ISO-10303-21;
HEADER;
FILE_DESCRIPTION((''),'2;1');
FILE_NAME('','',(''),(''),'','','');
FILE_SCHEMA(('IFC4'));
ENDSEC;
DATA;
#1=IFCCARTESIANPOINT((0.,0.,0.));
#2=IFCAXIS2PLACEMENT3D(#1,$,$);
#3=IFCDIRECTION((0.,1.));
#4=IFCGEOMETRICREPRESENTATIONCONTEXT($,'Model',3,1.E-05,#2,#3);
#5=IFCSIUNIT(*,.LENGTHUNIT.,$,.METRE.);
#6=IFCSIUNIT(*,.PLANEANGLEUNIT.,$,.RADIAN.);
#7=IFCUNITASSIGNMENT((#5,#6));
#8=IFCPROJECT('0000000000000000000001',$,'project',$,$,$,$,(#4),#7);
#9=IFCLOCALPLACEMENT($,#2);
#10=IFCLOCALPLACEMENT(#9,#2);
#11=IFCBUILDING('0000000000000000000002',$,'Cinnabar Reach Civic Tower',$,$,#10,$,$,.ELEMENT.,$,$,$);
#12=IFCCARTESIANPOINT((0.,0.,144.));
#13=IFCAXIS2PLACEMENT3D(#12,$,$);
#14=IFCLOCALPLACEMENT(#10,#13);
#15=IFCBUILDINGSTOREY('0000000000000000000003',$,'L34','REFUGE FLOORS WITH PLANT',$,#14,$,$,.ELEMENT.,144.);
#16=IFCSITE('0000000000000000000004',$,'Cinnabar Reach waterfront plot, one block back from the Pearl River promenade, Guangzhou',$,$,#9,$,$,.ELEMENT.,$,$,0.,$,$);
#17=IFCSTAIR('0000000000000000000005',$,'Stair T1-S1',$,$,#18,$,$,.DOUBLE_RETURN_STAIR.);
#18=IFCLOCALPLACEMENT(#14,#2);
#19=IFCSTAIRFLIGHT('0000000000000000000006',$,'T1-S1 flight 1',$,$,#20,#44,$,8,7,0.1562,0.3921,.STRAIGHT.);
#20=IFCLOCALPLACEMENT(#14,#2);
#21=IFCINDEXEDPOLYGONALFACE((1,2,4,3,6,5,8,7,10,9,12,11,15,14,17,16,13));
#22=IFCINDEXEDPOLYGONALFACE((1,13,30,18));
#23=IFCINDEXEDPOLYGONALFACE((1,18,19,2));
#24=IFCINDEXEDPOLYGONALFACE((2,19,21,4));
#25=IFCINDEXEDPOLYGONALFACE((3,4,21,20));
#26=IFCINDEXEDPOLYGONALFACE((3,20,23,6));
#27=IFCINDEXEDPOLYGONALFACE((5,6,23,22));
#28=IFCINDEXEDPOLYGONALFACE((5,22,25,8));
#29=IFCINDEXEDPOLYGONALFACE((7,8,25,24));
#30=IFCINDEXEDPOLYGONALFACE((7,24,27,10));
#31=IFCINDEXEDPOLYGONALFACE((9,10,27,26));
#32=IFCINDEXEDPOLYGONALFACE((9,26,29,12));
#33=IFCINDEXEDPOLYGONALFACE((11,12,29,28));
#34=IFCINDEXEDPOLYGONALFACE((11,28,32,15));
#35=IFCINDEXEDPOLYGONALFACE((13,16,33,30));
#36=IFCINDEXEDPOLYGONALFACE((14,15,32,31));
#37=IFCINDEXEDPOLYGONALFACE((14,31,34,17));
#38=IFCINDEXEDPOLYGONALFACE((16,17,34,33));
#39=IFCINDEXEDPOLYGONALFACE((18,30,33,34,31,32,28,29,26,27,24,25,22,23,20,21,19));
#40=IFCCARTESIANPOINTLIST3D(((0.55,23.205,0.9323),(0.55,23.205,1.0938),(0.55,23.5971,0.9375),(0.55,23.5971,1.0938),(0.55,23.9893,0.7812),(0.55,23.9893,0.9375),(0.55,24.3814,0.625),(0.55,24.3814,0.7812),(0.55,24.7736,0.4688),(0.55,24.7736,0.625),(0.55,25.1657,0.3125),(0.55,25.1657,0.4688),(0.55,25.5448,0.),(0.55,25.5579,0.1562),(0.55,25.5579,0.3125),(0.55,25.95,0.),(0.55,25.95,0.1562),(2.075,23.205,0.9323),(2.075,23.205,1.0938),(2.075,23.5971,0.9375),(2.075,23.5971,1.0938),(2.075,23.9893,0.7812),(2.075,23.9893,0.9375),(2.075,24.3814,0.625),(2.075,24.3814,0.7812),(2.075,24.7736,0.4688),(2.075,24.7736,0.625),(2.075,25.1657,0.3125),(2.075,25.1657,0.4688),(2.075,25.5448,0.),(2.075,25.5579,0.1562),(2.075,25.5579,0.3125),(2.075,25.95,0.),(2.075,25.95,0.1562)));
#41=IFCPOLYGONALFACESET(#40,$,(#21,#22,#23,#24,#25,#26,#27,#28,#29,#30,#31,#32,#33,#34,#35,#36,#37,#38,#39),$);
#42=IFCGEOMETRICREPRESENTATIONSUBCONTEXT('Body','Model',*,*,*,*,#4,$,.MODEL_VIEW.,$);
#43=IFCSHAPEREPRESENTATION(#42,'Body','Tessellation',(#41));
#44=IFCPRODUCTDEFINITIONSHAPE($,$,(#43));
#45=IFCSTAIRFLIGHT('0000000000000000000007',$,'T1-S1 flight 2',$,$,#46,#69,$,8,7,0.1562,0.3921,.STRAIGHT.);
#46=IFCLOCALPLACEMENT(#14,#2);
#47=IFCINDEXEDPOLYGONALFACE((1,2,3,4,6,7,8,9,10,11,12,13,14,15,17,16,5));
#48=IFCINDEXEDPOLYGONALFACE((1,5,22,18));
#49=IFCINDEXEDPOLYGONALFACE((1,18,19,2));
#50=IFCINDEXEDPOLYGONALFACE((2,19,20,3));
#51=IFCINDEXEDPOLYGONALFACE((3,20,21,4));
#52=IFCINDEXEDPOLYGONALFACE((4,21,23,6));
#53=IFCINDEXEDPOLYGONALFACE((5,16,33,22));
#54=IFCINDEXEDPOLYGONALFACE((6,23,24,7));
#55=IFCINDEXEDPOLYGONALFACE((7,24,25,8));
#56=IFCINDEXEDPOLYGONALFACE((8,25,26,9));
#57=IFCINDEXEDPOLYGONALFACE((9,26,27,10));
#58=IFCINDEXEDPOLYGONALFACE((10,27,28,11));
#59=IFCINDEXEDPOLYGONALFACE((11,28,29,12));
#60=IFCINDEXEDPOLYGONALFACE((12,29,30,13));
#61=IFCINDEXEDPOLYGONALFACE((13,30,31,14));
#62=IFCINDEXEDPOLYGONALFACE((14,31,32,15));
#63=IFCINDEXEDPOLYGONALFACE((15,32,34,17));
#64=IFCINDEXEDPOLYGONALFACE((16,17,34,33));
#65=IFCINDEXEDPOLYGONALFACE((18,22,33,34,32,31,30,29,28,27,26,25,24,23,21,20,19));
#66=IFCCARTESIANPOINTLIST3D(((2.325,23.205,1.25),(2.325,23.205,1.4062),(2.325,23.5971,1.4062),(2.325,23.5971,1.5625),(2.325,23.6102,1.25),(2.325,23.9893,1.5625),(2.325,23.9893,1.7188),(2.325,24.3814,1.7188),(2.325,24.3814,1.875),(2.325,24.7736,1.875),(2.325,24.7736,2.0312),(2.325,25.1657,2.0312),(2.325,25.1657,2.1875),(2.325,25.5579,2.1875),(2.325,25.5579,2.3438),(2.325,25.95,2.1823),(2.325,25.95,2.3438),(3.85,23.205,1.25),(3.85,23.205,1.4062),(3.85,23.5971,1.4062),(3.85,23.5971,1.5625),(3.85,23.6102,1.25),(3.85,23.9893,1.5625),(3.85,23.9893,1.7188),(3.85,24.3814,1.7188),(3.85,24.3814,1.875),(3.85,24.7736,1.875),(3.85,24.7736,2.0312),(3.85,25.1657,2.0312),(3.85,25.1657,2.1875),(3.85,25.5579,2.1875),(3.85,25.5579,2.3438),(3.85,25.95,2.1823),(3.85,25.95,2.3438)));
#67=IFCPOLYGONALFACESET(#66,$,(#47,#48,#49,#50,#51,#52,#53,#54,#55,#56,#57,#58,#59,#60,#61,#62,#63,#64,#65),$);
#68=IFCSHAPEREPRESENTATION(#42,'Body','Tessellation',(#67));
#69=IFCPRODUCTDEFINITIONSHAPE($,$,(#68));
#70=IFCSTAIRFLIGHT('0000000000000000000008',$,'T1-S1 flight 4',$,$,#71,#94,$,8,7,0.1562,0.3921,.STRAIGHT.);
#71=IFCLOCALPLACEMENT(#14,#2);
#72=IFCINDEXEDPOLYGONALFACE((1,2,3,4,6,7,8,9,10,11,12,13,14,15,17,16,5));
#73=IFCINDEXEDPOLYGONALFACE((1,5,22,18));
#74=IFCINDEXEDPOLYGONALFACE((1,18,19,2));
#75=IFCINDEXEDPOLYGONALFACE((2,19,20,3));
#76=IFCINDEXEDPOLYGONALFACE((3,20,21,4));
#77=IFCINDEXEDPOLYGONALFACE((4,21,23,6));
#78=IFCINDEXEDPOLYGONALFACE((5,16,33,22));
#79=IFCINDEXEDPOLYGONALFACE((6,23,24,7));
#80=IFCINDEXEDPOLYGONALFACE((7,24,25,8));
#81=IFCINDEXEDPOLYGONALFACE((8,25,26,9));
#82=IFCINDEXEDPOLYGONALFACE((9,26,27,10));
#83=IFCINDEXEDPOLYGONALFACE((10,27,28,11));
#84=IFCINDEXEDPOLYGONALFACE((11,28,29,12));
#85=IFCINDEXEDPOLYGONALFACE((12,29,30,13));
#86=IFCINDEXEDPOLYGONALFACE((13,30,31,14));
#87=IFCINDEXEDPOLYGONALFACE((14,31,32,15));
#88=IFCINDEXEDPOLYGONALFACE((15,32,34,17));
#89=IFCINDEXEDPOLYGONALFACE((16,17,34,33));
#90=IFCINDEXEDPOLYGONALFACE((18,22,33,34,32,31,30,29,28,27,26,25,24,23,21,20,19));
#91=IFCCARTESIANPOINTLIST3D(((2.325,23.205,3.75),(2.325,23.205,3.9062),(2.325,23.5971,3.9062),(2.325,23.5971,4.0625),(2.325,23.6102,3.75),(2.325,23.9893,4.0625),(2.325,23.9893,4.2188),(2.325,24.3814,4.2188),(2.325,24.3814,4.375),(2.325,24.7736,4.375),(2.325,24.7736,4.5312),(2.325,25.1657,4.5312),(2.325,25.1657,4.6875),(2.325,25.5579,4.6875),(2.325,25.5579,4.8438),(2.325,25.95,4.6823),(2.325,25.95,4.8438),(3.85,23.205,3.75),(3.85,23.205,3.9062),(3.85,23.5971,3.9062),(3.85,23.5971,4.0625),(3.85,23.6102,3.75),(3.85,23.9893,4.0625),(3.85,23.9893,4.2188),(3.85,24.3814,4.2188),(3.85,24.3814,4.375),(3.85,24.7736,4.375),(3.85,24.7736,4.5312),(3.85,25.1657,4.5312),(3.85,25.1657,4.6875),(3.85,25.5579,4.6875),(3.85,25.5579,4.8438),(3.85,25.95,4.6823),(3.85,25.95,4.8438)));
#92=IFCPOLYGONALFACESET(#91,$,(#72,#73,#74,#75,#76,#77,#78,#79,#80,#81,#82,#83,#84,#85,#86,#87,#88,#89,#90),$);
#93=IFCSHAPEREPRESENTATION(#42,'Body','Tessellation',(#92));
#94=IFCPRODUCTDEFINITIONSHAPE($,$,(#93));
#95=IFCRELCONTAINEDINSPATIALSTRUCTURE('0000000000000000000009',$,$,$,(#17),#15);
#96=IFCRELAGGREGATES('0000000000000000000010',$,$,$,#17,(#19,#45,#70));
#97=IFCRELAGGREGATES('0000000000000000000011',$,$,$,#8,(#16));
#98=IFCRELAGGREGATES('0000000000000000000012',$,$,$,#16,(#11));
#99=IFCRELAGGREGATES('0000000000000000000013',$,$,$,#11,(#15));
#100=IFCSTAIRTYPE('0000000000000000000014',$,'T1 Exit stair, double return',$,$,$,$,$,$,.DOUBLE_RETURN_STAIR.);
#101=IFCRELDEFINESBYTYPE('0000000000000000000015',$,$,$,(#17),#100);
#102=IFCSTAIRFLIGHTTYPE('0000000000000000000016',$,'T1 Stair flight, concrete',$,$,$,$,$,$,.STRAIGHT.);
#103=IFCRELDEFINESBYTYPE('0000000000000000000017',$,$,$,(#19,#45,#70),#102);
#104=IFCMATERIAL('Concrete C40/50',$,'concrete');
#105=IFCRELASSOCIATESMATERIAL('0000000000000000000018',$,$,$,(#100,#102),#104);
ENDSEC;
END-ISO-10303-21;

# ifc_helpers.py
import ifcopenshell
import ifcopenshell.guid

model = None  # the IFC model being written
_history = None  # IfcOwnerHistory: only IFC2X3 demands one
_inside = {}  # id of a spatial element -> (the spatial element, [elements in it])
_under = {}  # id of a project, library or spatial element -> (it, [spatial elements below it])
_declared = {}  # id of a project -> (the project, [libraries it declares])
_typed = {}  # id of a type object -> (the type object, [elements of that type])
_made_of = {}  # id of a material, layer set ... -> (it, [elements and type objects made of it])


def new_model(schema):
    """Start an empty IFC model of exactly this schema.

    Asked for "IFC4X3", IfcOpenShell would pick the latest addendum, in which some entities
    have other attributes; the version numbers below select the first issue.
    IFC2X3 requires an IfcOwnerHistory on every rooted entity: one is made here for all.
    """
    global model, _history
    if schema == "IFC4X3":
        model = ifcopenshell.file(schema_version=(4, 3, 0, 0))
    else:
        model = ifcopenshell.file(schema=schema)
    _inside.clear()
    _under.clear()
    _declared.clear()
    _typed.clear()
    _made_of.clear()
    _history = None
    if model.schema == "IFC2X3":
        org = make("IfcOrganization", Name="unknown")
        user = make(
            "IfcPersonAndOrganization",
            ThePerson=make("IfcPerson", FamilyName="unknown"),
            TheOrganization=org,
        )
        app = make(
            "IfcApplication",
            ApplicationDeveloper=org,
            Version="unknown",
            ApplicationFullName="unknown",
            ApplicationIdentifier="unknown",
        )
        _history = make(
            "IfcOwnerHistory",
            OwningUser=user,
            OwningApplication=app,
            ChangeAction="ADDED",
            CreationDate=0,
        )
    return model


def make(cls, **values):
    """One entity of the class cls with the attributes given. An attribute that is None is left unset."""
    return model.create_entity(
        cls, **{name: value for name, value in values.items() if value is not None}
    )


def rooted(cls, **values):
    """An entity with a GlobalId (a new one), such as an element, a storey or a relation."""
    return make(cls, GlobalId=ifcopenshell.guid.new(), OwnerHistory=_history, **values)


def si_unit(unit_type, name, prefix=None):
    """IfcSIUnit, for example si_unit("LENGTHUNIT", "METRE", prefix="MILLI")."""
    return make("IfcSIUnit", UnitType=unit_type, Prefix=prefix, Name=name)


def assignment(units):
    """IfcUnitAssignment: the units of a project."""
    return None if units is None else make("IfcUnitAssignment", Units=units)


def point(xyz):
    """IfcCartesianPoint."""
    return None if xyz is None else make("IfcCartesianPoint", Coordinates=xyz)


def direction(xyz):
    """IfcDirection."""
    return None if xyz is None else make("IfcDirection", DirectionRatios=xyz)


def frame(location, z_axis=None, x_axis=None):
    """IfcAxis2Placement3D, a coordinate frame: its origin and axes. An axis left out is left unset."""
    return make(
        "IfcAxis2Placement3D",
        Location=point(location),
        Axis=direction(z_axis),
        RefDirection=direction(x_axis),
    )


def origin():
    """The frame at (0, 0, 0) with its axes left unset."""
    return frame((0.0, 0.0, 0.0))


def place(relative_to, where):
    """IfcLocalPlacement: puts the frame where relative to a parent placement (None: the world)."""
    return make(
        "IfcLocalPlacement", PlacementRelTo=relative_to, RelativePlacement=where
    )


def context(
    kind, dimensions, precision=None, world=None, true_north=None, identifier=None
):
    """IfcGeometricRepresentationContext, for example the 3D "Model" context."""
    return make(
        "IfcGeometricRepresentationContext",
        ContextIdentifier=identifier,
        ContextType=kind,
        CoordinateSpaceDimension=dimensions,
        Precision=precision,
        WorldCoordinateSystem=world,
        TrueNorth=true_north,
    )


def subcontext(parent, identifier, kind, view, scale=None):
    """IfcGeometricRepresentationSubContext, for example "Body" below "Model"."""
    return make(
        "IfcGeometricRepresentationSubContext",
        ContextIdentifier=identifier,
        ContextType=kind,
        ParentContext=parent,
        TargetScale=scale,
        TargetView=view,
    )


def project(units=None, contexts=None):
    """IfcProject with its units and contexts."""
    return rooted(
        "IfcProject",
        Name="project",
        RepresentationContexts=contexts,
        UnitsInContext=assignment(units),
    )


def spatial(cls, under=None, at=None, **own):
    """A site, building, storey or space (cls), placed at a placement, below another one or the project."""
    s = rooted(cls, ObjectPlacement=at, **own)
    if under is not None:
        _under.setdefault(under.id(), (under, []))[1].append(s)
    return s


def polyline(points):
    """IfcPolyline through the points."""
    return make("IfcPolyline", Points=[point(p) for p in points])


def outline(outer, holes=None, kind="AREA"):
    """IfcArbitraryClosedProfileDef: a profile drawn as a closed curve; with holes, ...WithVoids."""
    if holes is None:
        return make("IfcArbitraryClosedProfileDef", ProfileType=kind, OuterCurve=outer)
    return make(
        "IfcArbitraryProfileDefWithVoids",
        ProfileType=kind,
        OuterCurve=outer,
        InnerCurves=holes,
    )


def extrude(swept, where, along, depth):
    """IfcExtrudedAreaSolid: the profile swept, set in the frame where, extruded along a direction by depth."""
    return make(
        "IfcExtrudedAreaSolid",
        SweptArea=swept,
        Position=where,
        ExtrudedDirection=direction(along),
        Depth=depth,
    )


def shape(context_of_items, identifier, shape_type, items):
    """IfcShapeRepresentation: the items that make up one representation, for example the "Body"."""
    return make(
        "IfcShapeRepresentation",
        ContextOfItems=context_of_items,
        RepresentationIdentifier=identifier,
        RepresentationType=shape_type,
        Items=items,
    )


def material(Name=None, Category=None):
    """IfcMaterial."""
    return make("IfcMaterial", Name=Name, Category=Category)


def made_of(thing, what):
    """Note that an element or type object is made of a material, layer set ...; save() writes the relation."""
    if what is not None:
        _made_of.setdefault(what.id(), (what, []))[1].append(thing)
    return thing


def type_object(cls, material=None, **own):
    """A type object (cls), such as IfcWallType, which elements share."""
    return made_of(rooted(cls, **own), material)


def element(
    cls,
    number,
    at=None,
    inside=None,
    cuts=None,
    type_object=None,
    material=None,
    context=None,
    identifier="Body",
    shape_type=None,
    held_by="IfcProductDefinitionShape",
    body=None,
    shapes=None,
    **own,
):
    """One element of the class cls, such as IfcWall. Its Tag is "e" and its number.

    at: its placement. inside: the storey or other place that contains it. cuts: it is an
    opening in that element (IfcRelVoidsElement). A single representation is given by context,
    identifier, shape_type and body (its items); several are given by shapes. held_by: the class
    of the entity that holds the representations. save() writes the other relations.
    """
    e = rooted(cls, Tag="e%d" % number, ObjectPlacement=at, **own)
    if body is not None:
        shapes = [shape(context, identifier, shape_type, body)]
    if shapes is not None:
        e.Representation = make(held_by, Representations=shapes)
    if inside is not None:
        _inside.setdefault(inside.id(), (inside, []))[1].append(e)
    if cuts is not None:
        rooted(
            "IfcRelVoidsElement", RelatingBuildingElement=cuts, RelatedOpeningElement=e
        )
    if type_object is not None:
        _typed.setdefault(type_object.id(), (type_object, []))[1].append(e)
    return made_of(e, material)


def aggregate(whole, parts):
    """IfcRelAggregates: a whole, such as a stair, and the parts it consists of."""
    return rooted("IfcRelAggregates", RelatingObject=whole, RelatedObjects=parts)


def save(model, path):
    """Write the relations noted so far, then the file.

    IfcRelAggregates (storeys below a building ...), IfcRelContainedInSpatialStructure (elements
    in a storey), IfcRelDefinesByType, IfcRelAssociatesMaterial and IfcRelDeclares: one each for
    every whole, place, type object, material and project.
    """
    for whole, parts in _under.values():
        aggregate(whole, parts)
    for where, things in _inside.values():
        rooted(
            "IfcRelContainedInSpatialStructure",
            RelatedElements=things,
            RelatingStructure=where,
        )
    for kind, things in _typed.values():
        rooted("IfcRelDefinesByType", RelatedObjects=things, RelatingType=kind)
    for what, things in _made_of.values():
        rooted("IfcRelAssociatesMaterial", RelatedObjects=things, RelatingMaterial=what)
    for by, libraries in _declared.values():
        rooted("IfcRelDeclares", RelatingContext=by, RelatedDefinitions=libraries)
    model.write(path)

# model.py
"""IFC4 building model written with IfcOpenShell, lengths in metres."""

from ifc_helpers import new_model, si_unit, direction, frame, origin, place, context, subcontext, project, spatial, polyline, outline, extrude, material, type_object, element, aggregate, save


model = new_model("IFC4")

# Units and contexts
model_context = context("Model", 3, precision=1e-05, world=origin(), true_north=direction((0.0, 1.0)))
body_context = subcontext(model_context, "Body", "Model", "MODEL_VIEW")
ifc_project = project(units=[si_unit("LENGTHUNIT", "METRE"), si_unit("PLANEANGLEUNIT", "RADIAN")], contexts=[model_context])

# Site, building, storey
site_placement = place(None, origin())
site = spatial("IfcSite", under=ifc_project, at=site_placement, Name="Cinnabar Reach waterfront plot, one block back from the Pearl River promenade, Guangzhou", CompositionType="ELEMENT", RefElevation=0.0)
building_placement = place(site_placement, origin())
building = spatial("IfcBuilding", under=site, at=building_placement, Name="Cinnabar Reach Civic Tower", CompositionType="ELEMENT")
storey_placement = place(building_placement, frame((0.0, 0.0, 144.0)))
storey = spatial("IfcBuildingStorey", under=building, at=storey_placement, Name="L34", Description="REFUGE FLOORS WITH PLANT", CompositionType="ELEMENT", Elevation=144.0)

# Shared definitions
ifc_material_1 = material(Name="Concrete C40/50", Category="concrete")

# Stair, stair flights
stair_type = type_object("IfcStairType", Name="T1 Exit stair, double return", PredefinedType="DOUBLE_RETURN_STAIR", material=ifc_material_1)
stair_placement = place(storey_placement, origin())
stair = element("IfcStair", 1, at=stair_placement, inside=storey, type_object=stair_type, Name="Stair T1-S1", PredefinedType="DOUBLE_RETURN_STAIR")
stair_flight_type = type_object("IfcStairFlightType", Name="T1 Stair flight, concrete", PredefinedType="STRAIGHT", material=ifc_material_1)
stair_flight_1_placement = place(storey_placement, frame((1.3125, 25.95, 0.0), z_axis=(0.0, 0.0, 1.0), x_axis=(0.0, -1.0, 0.0)))
stair_flight_1 = element("IfcStairFlight", 2, at=stair_flight_1_placement, type_object=stair_flight_type, Name="T1-S1 flight 1", NumberOfRisers=8, NumberOfTreads=7, PredefinedType="STRAIGHT", RiserHeight=0.1562, TreadLength=0.3921, context=body_context, shape_type="SweptSolid", body=[
    extrude(outline(polyline([(0.0, 0.0), (0.0, 0.1562), (0.3921, 0.1562), (0.3921, 0.3125), (0.7843, 0.3125), (0.7843, 0.4688), (1.1764, 0.4688), (1.1764, 0.625), (1.5686, 0.625), (1.5686, 0.7812), (1.9607, 0.7812), (1.9607, 0.9375), (2.3529, 0.9375), (2.3529, 1.0938), (2.745, 1.0938), (2.745, 1.25), (2.745, 0.9323), (0.4052, 0.0), (0.0, 0.0)])), frame((0.0, 0.7625, 0.0), z_axis=(0.0, -1.0, 0.0), x_axis=(1.0, 0.0, 0.0)), (0.0, 0.0, 1.0), 1.525),
])
stair_flight_2_placement = place(storey_placement, frame((3.0875, 23.205, 1.25), z_axis=(0.0, 0.0, 1.0), x_axis=(0.0, 1.0, 0.0)))
stair_flight_2 = element("IfcStairFlight", 3, at=stair_flight_2_placement, type_object=stair_flight_type, Name="T1-S1 flight 2", NumberOfRisers=8, NumberOfTreads=7, PredefinedType="STRAIGHT", RiserHeight=0.1562, TreadLength=0.3921, context=body_context, shape_type="SweptSolid", body=[
    extrude(outline(polyline([(0.0, 0.0), (0.0, 0.1562), (0.3921, 0.1562), (0.3921, 0.3125), (0.7843, 0.3125), (0.7843, 0.4688), (1.1764, 0.4688), (1.1764, 0.625), (1.5686, 0.625), (1.5686, 0.7812), (1.9607, 0.7812), (1.9607, 0.9375), (2.3529, 0.9375), (2.3529, 1.0938), (2.745, 1.0938), (2.745, 1.25), (2.745, 0.9323), (0.4052, 0.0), (0.0, 0.0)])), frame((0.0, 0.7625, 0.0), z_axis=(0.0, -1.0, 0.0), x_axis=(1.0, 0.0, 0.0)), (0.0, 0.0, 1.0), 1.525),
])
stair_flight_3_placement = place(storey_placement, frame((3.0875, 23.205, 3.75), z_axis=(0.0, 0.0, 1.0), x_axis=(0.0, 1.0, 0.0)))
stair_flight_3 = element("IfcStairFlight", 4, at=stair_flight_3_placement, type_object=stair_flight_type, Name="T1-S1 flight 4", NumberOfRisers=8, NumberOfTreads=7, PredefinedType="STRAIGHT", RiserHeight=0.1562, TreadLength=0.3921, context=body_context, shape_type="SweptSolid", body=[
    extrude(outline(polyline([(0.0, 0.0), (0.0, 0.1562), (0.3921, 0.1562), (0.3921, 0.3125), (0.7843, 0.3125), (0.7843, 0.4688), (1.1764, 0.4688), (1.1764, 0.625), (1.5686, 0.625), (1.5686, 0.7812), (1.9607, 0.7812), (1.9607, 0.9375), (2.3529, 0.9375), (2.3529, 1.0938), (2.745, 1.0938), (2.745, 1.25), (2.745, 0.9323), (0.4052, 0.0), (0.0, 0.0)])), frame((0.0, 0.7625, 0.0), z_axis=(0.0, -1.0, 0.0), x_axis=(1.0, 0.0, 0.0)), (0.0, 0.0, 1.0), 1.525),
])
aggregate(stair, [stair_flight_1, stair_flight_2, stair_flight_3])

save(model, "model.ifc")
